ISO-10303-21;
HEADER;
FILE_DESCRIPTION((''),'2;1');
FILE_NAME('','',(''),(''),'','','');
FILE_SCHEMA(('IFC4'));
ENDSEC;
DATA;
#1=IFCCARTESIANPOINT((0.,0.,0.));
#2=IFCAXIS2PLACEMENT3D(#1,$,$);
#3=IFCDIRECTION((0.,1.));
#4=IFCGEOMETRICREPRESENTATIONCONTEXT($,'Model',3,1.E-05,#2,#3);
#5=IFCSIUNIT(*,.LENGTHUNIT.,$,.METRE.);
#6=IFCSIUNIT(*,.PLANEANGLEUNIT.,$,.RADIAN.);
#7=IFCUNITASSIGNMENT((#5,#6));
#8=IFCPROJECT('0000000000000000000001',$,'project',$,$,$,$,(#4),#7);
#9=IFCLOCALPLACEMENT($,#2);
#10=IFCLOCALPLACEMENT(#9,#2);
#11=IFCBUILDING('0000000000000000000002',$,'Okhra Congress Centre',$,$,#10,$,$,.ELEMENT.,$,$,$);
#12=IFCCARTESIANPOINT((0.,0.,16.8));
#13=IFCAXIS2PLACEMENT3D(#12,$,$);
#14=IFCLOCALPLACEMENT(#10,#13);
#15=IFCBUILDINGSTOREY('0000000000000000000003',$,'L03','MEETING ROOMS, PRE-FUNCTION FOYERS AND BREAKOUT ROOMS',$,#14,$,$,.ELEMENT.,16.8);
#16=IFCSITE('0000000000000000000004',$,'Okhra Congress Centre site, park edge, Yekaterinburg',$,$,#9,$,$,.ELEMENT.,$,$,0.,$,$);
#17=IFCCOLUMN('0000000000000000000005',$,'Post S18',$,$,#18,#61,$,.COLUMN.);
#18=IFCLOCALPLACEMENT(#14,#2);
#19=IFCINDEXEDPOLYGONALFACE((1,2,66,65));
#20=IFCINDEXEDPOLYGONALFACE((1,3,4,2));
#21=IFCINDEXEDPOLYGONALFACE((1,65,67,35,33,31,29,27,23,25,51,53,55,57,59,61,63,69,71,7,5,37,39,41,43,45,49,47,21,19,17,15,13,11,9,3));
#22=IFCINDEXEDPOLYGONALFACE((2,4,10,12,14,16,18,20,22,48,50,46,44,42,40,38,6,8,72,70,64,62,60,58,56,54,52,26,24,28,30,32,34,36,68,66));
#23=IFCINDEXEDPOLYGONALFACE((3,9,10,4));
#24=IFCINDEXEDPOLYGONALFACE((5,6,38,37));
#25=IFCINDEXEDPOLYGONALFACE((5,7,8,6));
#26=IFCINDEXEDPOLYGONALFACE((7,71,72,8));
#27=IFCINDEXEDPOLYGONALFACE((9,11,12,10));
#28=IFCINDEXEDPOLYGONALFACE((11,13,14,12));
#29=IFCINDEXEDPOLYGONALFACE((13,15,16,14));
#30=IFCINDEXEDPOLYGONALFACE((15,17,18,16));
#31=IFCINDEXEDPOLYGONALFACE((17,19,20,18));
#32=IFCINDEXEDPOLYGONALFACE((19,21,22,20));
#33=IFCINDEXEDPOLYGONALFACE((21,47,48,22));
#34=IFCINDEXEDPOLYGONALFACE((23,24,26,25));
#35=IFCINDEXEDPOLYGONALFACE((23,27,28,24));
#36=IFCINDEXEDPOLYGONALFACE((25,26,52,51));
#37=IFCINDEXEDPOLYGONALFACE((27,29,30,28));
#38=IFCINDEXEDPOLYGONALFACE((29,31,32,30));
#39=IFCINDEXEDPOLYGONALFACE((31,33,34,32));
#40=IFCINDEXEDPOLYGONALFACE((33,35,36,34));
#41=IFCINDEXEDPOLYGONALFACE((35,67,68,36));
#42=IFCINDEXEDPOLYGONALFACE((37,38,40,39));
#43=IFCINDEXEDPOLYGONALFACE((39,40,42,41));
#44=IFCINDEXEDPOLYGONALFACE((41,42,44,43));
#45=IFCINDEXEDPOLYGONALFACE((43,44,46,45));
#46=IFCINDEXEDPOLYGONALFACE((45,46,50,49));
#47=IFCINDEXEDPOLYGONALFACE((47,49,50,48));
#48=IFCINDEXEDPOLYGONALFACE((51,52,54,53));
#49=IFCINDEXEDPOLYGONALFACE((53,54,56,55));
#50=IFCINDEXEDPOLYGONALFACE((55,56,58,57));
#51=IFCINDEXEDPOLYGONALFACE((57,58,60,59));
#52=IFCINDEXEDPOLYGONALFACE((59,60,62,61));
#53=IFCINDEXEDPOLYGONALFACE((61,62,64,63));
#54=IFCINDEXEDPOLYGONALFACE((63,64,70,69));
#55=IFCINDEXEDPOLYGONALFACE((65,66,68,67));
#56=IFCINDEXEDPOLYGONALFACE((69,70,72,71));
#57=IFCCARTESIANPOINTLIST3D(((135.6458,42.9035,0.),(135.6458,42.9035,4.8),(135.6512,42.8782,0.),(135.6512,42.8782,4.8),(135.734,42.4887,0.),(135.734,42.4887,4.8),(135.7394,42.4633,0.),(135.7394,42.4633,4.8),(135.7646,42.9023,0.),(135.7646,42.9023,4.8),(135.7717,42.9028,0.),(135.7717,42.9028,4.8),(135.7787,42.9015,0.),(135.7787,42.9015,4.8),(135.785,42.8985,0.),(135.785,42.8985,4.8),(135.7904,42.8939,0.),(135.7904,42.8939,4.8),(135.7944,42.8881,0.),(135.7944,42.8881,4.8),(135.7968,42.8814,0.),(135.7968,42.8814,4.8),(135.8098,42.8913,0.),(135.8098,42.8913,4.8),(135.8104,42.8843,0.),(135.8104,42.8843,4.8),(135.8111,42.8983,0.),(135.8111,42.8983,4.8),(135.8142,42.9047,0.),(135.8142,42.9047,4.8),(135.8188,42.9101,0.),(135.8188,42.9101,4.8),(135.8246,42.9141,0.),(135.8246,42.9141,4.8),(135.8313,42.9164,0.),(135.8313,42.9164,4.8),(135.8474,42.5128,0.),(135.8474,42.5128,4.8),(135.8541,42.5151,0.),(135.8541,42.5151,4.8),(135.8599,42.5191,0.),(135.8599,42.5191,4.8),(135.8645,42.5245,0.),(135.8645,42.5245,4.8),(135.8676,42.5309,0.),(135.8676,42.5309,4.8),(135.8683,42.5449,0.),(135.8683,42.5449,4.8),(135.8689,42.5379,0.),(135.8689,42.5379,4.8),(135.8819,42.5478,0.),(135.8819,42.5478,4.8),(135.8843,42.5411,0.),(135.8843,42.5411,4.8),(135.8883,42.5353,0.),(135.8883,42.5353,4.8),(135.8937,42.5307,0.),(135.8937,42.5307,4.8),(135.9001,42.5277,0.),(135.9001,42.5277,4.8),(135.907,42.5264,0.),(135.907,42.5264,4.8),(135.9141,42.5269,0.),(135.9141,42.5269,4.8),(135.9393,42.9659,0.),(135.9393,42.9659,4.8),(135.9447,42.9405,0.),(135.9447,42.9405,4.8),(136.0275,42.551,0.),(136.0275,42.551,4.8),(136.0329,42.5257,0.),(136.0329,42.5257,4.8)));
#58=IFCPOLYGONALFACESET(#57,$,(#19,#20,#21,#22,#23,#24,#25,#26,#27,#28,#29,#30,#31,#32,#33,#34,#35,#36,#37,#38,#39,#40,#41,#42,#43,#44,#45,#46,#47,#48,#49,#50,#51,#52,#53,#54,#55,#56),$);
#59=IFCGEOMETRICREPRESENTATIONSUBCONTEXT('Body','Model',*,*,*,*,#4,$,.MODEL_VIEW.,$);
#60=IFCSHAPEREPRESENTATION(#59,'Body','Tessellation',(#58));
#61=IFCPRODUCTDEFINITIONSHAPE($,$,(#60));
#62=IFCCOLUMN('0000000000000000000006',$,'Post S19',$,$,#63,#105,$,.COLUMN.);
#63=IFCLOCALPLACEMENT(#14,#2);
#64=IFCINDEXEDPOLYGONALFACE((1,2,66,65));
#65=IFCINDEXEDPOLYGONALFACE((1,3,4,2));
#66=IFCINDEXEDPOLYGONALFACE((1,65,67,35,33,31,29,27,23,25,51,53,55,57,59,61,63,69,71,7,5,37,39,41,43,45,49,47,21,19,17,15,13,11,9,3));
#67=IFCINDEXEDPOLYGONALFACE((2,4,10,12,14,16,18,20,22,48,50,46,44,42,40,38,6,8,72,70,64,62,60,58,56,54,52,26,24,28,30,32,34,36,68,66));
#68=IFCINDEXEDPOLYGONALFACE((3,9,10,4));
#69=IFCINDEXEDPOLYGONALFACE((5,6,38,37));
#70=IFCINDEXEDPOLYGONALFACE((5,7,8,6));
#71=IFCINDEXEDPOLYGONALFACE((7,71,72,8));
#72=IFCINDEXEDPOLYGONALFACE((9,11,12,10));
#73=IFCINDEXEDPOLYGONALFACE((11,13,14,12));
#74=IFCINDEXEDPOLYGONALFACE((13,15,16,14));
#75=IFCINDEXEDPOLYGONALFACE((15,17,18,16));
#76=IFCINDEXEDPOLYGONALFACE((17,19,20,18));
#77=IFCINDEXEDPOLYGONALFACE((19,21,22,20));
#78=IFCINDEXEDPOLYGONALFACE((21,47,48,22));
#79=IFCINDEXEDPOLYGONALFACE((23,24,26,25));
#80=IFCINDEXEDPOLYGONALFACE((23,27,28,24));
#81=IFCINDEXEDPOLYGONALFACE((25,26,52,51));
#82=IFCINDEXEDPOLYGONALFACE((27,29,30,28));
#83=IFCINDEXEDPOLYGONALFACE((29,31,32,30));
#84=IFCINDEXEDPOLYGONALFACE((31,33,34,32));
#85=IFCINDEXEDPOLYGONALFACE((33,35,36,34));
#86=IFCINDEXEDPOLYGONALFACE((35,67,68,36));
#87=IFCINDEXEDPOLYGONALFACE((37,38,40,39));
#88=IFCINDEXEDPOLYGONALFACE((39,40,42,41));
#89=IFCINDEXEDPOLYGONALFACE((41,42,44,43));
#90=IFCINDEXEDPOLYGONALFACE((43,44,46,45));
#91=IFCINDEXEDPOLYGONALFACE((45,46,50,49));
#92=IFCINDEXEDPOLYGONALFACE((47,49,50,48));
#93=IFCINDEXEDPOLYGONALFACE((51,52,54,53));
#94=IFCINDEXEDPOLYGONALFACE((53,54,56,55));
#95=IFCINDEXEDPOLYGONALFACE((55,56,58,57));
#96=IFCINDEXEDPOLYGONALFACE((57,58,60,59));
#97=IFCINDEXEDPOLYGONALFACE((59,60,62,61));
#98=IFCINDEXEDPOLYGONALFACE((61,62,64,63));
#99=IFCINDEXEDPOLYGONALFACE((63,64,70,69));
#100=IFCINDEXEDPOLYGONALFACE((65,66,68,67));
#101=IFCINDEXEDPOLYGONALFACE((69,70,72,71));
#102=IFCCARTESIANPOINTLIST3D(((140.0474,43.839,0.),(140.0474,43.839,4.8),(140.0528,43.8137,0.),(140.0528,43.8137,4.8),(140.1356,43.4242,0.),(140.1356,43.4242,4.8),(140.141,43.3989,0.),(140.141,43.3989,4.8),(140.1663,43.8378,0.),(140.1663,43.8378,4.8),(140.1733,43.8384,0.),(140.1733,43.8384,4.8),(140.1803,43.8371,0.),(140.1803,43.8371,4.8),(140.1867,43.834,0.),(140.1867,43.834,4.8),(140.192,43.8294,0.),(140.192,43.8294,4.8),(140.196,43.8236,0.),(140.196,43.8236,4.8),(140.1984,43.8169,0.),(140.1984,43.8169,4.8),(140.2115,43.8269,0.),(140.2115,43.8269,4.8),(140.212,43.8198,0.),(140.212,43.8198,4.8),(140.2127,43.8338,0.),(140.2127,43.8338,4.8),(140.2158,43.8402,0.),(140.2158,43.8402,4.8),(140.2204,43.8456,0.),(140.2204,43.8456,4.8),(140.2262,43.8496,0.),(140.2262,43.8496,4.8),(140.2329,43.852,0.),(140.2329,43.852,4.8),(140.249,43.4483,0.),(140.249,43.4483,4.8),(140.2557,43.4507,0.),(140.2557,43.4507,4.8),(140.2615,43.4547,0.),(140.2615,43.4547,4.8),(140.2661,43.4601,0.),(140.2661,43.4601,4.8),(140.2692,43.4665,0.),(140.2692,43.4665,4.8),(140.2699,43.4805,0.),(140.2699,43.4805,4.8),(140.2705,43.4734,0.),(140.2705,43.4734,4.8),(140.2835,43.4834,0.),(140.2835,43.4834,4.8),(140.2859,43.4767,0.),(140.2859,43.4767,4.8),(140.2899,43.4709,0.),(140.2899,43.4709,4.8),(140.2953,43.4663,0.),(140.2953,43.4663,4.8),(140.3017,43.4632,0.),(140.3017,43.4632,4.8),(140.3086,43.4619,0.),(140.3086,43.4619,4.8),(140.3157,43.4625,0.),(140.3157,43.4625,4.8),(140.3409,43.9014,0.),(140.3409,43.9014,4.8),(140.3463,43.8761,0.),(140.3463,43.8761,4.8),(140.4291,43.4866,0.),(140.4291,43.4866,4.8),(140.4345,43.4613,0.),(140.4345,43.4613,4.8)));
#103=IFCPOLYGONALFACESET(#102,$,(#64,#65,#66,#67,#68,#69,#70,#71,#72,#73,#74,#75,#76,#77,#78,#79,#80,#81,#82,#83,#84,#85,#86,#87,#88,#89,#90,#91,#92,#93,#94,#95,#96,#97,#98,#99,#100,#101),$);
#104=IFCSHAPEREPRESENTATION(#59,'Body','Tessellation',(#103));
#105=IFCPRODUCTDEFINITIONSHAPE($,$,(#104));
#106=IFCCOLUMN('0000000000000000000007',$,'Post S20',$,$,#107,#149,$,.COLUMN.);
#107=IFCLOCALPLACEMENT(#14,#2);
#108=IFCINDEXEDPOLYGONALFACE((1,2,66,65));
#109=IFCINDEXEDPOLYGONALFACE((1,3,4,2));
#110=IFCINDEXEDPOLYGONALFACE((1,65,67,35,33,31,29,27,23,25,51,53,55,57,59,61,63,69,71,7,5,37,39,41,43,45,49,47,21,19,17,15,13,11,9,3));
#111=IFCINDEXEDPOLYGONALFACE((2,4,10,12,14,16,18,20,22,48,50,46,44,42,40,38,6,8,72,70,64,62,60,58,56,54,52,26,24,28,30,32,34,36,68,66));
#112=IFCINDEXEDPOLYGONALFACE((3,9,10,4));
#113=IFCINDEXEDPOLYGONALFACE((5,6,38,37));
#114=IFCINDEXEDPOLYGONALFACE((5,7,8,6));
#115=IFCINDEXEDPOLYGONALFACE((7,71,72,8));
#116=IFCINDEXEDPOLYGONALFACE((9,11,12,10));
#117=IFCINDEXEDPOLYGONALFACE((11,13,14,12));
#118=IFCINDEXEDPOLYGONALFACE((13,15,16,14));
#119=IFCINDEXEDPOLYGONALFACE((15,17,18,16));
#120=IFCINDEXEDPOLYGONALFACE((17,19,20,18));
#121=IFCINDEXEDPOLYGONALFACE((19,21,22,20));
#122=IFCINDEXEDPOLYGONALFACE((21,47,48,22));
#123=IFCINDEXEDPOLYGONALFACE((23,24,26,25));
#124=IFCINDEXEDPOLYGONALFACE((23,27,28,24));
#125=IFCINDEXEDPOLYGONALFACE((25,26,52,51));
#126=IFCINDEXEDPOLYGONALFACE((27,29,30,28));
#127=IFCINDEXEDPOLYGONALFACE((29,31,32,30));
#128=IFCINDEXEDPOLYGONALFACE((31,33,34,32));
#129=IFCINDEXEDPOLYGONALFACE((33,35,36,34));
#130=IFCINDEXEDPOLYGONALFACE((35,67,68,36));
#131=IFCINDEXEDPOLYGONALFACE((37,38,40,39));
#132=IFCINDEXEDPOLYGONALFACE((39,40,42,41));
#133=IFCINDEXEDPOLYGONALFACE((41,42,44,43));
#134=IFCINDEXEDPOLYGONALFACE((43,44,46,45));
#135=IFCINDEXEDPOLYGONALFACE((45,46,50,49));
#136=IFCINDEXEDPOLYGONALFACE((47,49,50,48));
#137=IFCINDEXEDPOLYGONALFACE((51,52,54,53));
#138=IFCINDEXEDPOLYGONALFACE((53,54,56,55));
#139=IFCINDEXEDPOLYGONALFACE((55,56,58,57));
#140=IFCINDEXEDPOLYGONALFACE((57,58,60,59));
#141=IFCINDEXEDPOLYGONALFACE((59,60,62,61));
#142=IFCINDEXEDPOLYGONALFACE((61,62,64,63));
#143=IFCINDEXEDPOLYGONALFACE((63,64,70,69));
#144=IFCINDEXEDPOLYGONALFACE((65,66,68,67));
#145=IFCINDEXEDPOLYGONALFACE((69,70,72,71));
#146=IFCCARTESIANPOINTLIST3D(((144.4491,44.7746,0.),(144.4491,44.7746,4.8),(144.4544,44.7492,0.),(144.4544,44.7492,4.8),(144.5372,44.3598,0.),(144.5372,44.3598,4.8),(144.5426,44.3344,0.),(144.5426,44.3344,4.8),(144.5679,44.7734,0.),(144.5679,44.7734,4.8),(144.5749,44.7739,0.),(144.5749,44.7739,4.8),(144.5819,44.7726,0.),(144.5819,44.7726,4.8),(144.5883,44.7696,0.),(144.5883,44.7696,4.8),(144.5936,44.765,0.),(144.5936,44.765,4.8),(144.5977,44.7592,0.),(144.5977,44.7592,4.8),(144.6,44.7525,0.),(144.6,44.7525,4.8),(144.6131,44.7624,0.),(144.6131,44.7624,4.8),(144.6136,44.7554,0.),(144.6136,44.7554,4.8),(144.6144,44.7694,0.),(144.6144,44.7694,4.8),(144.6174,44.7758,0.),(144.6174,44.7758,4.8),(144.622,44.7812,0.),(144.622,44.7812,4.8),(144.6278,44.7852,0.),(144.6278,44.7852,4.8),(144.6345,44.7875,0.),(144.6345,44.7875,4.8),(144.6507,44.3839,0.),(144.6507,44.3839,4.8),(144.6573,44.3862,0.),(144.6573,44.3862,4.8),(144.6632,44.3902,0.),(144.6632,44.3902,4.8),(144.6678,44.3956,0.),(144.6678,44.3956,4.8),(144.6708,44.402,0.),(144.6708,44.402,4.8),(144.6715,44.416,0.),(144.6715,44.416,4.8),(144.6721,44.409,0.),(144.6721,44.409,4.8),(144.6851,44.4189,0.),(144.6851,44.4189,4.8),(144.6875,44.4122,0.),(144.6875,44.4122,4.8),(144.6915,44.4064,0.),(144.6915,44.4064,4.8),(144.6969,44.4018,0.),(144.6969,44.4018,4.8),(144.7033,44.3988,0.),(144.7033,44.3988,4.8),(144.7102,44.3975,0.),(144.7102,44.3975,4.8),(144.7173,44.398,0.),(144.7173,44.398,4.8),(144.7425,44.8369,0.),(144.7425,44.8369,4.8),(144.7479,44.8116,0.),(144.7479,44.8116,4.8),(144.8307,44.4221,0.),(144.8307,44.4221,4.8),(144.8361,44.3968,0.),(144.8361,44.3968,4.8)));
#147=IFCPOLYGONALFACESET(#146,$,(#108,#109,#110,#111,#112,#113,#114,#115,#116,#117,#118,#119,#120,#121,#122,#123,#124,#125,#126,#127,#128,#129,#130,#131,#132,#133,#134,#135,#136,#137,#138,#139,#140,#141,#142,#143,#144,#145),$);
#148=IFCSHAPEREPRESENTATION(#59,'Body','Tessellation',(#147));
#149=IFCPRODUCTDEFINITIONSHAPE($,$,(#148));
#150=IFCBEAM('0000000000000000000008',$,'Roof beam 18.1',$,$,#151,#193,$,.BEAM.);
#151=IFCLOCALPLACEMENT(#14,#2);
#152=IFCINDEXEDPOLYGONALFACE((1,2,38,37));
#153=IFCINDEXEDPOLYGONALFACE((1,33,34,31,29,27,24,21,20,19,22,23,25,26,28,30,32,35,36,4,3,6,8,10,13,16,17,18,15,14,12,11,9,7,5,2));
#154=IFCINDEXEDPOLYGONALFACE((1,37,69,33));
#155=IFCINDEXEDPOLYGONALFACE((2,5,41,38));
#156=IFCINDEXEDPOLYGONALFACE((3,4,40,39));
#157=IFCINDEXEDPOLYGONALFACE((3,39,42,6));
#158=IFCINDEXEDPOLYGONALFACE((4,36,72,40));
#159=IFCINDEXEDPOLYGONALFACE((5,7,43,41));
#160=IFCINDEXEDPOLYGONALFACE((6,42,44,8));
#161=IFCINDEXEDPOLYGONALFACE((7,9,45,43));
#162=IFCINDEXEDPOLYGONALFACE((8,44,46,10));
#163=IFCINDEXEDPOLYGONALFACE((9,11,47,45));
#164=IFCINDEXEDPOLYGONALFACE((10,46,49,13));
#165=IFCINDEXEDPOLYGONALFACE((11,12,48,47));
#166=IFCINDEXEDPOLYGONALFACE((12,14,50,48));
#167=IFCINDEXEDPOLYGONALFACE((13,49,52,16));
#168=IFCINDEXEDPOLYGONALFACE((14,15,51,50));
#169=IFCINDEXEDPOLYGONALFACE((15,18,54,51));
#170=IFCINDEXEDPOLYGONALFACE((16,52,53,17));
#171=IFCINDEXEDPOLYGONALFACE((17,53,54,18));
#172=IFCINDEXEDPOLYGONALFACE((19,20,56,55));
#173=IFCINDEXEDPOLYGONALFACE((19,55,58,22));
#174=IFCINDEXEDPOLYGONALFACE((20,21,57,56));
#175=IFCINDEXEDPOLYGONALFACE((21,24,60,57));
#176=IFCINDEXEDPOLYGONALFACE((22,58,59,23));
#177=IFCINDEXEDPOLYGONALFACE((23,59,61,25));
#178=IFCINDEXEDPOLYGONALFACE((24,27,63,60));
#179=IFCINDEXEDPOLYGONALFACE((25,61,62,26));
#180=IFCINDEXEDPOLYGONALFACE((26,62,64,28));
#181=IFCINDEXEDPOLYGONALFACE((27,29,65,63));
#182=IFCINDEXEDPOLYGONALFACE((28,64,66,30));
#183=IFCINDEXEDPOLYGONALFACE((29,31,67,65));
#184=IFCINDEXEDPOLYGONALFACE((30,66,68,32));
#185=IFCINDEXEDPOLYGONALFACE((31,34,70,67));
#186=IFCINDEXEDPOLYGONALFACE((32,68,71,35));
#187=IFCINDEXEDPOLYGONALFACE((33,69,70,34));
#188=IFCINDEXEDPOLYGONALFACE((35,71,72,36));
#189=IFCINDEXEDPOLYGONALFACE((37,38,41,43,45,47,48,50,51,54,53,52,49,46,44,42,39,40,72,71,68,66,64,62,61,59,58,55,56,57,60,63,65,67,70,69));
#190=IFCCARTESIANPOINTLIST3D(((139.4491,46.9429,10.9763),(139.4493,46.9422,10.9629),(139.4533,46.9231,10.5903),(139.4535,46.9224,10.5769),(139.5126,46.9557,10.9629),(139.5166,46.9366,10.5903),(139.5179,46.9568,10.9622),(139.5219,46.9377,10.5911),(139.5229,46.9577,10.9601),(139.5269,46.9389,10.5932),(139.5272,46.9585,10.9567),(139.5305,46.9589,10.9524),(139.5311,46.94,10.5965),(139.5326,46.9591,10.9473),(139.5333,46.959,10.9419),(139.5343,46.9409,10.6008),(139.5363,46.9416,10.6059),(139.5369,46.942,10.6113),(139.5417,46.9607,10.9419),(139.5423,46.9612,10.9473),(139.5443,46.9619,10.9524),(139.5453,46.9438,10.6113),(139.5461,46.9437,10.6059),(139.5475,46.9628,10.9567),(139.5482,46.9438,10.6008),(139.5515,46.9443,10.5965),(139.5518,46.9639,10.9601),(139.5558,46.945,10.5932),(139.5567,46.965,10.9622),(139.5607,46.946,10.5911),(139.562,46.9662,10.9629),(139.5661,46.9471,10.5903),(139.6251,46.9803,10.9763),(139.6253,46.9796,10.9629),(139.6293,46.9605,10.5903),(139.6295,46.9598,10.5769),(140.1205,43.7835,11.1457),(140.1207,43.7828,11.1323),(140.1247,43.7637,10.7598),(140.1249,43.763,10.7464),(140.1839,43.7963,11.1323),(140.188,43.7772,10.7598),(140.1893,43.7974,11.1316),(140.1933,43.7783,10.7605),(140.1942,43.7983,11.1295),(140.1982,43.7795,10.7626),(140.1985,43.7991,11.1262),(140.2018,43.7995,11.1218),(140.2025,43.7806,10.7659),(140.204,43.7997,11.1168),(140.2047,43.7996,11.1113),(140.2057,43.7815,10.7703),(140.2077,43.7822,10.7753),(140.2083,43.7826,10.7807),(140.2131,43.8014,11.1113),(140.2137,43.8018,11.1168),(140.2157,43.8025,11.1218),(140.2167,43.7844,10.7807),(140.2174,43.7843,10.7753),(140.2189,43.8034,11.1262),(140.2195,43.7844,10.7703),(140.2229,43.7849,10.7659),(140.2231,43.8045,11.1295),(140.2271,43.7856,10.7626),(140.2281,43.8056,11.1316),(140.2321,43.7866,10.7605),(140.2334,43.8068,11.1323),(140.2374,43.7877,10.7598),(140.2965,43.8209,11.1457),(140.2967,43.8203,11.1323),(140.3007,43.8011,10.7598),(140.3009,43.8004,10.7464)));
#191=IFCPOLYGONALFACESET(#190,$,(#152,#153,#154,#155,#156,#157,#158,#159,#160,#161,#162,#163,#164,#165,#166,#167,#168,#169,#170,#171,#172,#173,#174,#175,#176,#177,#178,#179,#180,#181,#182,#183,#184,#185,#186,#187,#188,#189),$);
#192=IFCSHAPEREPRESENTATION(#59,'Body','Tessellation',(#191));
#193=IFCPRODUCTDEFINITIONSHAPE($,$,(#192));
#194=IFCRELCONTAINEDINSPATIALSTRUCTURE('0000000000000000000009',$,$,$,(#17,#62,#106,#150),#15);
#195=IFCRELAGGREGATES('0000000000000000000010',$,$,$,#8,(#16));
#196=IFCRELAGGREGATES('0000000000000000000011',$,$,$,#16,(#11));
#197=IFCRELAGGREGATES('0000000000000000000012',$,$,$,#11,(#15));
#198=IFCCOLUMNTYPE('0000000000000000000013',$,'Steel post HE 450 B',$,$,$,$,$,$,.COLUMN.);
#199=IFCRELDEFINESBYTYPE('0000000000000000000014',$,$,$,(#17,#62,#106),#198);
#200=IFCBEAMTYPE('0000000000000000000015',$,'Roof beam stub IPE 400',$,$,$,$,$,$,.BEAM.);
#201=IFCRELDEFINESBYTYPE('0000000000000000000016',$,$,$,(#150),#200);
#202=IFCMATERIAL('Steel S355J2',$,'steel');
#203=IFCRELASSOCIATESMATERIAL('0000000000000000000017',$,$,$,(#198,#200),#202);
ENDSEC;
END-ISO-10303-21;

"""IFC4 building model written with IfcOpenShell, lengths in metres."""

from ifc_helpers import new_model, si_unit, direction, frame, origin, origin_2d, place, context, subcontext, project, spatial, i_section, extrude, material, material_profile, profile_set, type_object, element, save


model = new_model("IFC4")

# Units and contexts
model_context = context("Model", 3, precision=1e-05, world=origin(), true_north=direction((0.0, 1.0)))
body_context = subcontext(model_context, "Body", "Model", "MODEL_VIEW")
ifc_project = project(units=[si_unit("LENGTHUNIT", "METRE"), si_unit("PLANEANGLEUNIT", "RADIAN")], contexts=[model_context])

# Site, building, storey
site_placement = place(None, origin())
site = spatial("IfcSite", under=ifc_project, at=site_placement, Name="Okhra Congress Centre site, park edge, Yekaterinburg", CompositionType="ELEMENT", RefElevation=0.0)
building_placement = place(site_placement, origin())
building = spatial("IfcBuilding", under=site, at=building_placement, Name="Okhra Congress Centre", CompositionType="ELEMENT")
storey_placement = place(building_placement, frame((0.0, 0.0, 16.8)))
storey = spatial("IfcBuildingStorey", under=building, at=storey_placement, Name="L03", Description="MEETING ROOMS, PRE-FUNCTION FOYERS AND BREAKOUT ROOMS", CompositionType="ELEMENT", Elevation=16.8)

# Columns
ifc_material_1 = material(Name="Steel S355J2", Category="steel")
ifc_material_profile_1 = material_profile(ifc_material_1, i_section(OverallWidth=0.3, OverallDepth=0.45, WebThickness=0.0139, FlangeThickness=0.0259, FilletRadius=0.0271, at=origin_2d()), Name="HE 450 B")
ifc_profile_set_1 = profile_set([ifc_material_profile_1], Name="Steel S355J2")
column_type = type_object("IfcColumnType", Name="Steel post HE 450 B", PredefinedType="COLUMN", material=ifc_profile_set_1)
for number, where, z_axis, x_axis, name in (
    (1, (135.8394, 42.7146, 0.0), (0.0, 0.0, 1.0), (0.978148, 0.207912, 0.0), "Post S18"),
    (2, (140.241, 43.6501, 0.0), (0.0, 0.0, 1.0), (0.978148, 0.207912, 0.0), "Post S19"),
    (3, (144.6426, 44.5857, 0.0), (0.0, 0.0, 1.0), (0.978148, 0.207912, 0.0), "Post S20"),
):
    element("IfcColumn", number, at=place(storey_placement, frame(where, z_axis=z_axis, x_axis=x_axis)), inside=storey, type_object=column_type, Name=name, PredefinedType="COLUMN", context=body_context, shape_type="SweptSolid", body=[
        extrude(i_section(OverallWidth=0.3, OverallDepth=0.45, WebThickness=0.0139, FlangeThickness=0.0259, FilletRadius=0.0271, at=origin_2d()), origin(), (0.0, 0.0, 1.0), 4.8),
    ])

# Beam
ifc_material_profile_2 = material_profile(ifc_material_1, i_section(OverallWidth=0.1799, OverallDepth=0.3999, WebThickness=0.0085, FlangeThickness=0.0134, FilletRadius=0.021, at=origin_2d()), Name="IPE 400")
ifc_profile_set_2 = profile_set([ifc_material_profile_2], Name="Steel S355J2")
beam_type = type_object("IfcBeamType", Name="Roof beam stub IPE 400", PredefinedType="BEAM", material=ifc_profile_set_2)
for number, where, z_axis, x_axis, name in (
    (4, (140.2107, 43.792, 10.946), (-0.207576, 0.976815, -0.052385), (-0.978158, -0.207861, 0.0), "Roof beam 18.1"),
):
    element("IfcBeam", number, at=place(storey_placement, frame(where, z_axis=z_axis, x_axis=x_axis)), inside=storey, type_object=beam_type, Name=name, PredefinedType="BEAM", context=body_context, shape_type="SweptSolid", body=[
        extrude(i_section(OverallWidth=0.1799, OverallDepth=0.3999, WebThickness=0.0085, FlangeThickness=0.0134, FilletRadius=0.021, at=origin_2d()), origin(), (0.0, 0.0, 1.0), 3.2344),
    ])

save(model, "model.ifc")
